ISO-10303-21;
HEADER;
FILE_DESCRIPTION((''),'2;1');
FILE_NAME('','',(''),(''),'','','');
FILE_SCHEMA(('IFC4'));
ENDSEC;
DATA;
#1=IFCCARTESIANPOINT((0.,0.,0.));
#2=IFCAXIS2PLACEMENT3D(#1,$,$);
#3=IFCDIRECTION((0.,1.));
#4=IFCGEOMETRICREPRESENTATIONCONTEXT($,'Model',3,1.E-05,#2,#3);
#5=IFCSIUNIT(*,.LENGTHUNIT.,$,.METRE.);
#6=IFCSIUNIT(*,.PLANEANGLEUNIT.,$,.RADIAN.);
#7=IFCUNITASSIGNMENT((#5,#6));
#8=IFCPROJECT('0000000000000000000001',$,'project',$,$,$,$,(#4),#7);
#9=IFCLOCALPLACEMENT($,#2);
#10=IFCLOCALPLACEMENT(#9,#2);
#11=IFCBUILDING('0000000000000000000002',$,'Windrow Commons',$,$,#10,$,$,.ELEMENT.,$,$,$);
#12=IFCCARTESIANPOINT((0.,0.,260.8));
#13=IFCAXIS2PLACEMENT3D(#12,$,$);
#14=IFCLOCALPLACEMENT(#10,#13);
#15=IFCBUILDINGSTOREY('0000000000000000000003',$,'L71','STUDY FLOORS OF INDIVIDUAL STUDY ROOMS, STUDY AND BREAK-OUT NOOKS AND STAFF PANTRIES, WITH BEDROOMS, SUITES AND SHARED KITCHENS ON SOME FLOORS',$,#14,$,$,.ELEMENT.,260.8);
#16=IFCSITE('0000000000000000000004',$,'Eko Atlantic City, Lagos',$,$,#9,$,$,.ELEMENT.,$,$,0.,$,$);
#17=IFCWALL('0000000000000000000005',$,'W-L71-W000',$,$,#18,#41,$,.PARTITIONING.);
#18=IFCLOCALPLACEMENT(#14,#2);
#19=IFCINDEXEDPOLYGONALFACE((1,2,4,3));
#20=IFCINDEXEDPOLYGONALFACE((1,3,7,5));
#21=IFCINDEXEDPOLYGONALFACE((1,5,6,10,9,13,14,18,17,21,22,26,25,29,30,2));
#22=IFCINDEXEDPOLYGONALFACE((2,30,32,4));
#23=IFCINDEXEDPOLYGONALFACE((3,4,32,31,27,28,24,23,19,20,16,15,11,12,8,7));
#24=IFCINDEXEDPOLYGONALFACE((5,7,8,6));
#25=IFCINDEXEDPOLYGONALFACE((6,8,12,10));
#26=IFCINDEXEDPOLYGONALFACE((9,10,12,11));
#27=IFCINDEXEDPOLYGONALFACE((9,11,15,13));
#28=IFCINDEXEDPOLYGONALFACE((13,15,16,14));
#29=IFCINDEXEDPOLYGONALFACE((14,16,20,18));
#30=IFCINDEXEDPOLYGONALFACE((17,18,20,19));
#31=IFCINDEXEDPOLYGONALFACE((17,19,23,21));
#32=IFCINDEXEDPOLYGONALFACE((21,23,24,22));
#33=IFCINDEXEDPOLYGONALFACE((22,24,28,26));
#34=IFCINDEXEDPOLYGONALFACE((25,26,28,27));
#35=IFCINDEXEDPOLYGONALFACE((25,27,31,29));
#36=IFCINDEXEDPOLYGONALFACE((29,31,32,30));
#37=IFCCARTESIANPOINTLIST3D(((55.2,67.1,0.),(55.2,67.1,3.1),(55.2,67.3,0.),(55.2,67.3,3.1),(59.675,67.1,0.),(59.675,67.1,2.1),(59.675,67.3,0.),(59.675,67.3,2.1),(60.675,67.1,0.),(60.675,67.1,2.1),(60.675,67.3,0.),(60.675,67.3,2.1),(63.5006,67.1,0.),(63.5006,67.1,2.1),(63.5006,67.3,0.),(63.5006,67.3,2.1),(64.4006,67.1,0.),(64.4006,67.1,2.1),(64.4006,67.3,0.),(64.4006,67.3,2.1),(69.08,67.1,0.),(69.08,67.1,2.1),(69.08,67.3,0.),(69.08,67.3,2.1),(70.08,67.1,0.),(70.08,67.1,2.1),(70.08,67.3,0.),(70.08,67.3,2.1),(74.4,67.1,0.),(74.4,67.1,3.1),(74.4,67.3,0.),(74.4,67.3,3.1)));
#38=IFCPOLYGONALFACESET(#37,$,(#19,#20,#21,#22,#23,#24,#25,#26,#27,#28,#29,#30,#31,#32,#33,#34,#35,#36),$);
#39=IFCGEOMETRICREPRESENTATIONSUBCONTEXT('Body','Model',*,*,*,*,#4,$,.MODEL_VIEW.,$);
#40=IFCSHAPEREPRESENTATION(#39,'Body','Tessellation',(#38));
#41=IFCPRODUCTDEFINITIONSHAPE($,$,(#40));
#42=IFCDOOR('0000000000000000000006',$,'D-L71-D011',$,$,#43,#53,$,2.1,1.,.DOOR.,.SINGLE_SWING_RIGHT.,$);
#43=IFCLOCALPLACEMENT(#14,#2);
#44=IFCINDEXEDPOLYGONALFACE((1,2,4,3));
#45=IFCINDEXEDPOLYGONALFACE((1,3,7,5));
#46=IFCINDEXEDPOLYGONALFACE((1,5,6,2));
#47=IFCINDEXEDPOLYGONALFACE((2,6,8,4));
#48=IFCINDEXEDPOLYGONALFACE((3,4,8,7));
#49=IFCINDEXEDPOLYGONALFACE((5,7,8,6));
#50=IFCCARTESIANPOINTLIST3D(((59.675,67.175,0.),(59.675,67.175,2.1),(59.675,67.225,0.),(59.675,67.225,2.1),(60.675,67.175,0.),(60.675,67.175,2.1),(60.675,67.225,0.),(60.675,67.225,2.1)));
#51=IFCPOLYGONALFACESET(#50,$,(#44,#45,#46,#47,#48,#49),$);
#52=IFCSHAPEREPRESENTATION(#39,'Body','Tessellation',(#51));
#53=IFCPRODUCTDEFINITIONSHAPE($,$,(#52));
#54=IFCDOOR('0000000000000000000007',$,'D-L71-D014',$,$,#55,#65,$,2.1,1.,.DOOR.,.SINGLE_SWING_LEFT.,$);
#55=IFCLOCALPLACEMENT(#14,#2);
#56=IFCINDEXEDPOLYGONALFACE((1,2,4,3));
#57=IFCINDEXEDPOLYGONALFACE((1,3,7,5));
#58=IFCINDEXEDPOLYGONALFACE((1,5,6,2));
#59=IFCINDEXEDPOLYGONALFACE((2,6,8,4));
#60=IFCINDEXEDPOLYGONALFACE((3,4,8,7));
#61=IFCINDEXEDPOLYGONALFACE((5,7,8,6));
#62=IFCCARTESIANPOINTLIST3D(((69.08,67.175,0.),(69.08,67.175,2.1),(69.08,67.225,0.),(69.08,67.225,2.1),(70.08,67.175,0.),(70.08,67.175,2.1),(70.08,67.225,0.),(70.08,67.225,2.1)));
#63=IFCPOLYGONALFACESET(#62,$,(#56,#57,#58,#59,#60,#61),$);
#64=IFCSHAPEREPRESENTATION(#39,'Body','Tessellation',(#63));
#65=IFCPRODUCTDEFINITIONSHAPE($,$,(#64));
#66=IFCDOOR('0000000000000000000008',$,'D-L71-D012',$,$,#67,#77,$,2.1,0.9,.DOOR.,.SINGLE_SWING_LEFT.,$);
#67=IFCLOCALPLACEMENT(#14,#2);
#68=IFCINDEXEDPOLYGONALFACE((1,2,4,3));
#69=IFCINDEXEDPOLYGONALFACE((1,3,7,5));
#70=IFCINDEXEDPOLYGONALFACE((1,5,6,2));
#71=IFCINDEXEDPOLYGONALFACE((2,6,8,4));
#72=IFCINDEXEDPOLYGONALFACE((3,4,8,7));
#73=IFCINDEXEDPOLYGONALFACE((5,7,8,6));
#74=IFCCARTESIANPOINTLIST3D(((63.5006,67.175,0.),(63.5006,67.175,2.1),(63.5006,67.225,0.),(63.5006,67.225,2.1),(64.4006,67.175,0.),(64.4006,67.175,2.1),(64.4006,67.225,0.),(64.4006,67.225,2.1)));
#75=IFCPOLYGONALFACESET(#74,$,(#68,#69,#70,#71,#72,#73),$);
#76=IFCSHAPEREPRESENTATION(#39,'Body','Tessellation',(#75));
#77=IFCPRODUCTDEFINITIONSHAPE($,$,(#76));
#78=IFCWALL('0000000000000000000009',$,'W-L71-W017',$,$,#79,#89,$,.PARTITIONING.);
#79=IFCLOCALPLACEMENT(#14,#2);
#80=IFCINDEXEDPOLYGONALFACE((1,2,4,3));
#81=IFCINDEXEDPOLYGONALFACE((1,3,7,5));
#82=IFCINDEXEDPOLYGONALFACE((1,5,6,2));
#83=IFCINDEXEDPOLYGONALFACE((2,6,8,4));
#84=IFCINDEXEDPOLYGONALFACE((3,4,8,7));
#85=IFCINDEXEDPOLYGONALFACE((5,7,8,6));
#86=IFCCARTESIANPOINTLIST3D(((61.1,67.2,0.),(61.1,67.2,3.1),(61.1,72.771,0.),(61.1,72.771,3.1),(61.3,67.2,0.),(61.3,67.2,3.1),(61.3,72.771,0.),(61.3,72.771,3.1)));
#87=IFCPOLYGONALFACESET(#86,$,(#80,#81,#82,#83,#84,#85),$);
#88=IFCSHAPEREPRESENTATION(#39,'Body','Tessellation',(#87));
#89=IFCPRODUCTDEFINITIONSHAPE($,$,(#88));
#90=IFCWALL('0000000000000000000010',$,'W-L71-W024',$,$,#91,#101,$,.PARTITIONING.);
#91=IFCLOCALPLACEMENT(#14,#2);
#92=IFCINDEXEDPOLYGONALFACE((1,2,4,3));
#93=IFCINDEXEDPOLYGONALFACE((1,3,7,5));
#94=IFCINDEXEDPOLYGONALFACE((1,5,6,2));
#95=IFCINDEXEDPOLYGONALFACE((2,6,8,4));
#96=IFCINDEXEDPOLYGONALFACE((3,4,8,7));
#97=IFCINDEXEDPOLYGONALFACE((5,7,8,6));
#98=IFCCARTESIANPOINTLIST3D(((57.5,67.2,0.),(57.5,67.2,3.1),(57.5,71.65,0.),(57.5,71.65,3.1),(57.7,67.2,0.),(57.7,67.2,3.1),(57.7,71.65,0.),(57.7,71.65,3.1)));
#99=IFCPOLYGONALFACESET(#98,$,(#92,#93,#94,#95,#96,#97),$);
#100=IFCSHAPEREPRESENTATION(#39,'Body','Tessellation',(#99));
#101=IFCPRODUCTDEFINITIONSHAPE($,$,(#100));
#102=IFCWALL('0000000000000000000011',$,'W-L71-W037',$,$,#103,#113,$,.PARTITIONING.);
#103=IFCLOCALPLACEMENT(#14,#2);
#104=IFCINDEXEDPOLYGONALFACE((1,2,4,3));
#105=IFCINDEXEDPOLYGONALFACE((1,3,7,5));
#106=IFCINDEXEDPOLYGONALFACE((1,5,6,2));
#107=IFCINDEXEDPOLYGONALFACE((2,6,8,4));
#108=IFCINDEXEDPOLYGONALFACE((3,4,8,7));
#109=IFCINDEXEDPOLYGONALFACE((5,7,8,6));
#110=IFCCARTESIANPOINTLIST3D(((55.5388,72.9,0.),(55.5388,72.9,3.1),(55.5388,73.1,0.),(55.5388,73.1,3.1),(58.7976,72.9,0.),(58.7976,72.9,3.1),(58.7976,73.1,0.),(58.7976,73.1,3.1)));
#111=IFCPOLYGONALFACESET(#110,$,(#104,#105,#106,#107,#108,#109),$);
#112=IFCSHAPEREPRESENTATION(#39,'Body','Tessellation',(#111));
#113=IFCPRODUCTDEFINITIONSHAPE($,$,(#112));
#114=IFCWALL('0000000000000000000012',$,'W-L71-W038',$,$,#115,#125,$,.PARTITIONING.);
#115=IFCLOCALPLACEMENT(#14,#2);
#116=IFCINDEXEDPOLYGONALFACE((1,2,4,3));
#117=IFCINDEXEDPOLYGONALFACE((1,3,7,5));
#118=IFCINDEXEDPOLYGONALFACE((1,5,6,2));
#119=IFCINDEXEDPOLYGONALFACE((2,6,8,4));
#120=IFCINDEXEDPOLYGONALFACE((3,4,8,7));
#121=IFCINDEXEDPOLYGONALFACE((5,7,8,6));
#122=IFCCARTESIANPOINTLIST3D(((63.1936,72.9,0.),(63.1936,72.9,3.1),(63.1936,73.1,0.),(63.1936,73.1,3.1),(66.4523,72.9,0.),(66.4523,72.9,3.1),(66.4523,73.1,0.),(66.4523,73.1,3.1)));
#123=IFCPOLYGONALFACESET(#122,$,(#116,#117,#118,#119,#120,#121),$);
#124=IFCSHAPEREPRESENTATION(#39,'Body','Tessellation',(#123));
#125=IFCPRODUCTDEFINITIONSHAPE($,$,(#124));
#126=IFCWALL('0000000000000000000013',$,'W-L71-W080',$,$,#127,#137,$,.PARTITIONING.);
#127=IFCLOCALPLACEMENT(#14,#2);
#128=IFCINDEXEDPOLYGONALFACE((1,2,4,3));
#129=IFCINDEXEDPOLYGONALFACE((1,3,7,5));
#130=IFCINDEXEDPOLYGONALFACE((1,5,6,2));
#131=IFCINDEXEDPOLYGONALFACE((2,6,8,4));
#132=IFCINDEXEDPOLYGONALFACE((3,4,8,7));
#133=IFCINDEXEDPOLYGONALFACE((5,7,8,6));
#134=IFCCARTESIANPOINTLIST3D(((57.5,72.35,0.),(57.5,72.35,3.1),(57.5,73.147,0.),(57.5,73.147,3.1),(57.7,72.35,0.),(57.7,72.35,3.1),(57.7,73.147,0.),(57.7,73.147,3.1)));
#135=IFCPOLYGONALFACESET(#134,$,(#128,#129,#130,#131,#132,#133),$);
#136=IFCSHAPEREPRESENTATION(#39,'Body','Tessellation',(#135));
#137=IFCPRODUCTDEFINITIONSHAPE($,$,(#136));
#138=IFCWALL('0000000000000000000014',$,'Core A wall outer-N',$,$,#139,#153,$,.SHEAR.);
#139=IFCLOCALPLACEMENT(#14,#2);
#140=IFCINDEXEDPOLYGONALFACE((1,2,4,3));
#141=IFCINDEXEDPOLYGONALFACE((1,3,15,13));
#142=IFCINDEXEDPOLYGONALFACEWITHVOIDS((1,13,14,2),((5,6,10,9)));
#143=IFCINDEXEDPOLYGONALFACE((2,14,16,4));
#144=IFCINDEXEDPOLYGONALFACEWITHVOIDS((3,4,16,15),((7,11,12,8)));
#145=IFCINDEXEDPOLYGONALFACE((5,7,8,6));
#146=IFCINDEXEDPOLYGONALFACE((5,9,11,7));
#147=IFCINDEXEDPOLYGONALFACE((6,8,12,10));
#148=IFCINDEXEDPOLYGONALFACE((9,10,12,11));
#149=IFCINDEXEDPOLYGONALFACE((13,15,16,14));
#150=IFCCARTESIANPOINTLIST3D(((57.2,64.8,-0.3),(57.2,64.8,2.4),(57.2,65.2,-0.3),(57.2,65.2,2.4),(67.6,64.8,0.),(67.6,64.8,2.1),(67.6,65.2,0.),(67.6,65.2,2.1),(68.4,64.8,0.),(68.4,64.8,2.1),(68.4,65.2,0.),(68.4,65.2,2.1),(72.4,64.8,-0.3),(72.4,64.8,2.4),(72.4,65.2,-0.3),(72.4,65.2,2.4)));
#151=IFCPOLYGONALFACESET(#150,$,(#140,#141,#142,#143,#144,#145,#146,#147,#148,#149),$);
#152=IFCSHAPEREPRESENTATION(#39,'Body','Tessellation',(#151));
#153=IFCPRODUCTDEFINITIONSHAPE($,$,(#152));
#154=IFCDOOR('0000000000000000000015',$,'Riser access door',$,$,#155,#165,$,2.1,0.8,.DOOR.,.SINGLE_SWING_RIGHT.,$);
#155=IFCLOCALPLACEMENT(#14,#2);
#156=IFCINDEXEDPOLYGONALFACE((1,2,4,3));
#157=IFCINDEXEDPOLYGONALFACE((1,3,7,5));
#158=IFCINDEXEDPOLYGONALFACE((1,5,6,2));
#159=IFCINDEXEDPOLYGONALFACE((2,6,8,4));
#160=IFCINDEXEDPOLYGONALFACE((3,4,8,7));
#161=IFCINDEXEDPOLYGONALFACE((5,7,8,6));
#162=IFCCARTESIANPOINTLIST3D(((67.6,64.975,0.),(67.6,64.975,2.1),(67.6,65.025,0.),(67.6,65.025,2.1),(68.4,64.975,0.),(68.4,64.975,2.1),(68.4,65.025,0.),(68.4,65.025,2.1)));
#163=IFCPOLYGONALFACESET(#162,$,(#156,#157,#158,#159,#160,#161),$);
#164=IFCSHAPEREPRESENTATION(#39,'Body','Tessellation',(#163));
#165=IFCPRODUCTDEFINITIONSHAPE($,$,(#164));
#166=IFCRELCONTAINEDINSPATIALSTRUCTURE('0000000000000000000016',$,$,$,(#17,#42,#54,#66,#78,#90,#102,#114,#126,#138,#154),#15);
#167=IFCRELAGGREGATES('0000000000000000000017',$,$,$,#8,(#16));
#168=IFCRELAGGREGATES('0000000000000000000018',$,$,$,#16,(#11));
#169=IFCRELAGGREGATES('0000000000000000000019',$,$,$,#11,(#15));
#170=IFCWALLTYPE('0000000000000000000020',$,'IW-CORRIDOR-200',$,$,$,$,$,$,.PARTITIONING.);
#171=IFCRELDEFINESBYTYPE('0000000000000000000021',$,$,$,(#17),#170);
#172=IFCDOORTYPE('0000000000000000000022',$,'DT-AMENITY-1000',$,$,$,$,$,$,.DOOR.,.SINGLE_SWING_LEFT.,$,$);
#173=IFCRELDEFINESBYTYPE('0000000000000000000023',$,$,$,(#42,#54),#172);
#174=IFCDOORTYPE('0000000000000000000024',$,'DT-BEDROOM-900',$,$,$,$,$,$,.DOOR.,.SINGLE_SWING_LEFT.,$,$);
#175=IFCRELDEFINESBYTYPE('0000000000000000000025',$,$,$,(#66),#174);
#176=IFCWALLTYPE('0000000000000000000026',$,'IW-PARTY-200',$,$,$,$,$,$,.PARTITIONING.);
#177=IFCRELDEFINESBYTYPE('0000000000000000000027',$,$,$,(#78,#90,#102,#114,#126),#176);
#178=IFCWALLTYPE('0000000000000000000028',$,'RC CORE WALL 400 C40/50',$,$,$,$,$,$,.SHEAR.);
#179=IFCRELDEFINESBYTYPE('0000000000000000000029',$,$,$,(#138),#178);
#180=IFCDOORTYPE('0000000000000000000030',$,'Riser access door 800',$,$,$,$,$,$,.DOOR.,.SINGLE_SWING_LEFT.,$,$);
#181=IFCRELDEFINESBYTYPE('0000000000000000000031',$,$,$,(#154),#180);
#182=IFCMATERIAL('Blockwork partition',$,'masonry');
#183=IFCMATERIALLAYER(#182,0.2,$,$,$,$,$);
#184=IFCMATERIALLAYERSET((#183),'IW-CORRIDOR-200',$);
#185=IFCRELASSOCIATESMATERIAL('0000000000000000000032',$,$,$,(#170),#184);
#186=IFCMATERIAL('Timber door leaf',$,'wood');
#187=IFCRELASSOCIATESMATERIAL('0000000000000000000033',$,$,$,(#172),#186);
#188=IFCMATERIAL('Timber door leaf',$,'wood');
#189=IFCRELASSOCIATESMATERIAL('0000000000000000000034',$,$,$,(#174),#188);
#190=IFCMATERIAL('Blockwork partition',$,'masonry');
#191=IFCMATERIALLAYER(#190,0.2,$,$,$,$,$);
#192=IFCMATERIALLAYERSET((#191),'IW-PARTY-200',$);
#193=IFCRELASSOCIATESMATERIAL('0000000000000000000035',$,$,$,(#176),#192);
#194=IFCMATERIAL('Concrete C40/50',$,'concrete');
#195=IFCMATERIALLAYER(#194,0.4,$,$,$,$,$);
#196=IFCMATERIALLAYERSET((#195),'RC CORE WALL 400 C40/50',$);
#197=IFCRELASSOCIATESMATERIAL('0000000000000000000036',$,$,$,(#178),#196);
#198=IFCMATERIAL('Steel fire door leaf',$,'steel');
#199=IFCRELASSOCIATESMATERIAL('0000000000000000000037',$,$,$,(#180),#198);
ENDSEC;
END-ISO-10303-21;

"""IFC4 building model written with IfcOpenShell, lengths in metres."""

from ifc_helpers import new_model, si_unit, direction, frame, frame_2d, origin, place, context, subcontext, project, spatial, rectangle, extrude, material, layer, layer_set, type_object, element, fill, save


model = new_model("IFC4")

# Units and contexts
model_context = context("Model", 3, precision=1e-05, world=origin(), true_north=direction((0.0, 1.0)))
body_context = subcontext(model_context, "Body", "Model", "MODEL_VIEW")
ifc_project = project(units=[si_unit("LENGTHUNIT", "METRE"), si_unit("PLANEANGLEUNIT", "RADIAN")], contexts=[model_context])

# Site, building, storey
site_placement = place(None, origin())
site = spatial("IfcSite", under=ifc_project, at=site_placement, Name="Eko Atlantic City, Lagos", CompositionType="ELEMENT", RefElevation=0.0)
building_placement = place(site_placement, origin())
building = spatial("IfcBuilding", under=site, at=building_placement, Name="Windrow Commons", CompositionType="ELEMENT")
storey_placement = place(building_placement, frame((0.0, 0.0, 260.8)))
storey = spatial("IfcBuildingStorey", under=building, at=storey_placement, Name="L71", Description="STUDY FLOORS OF INDIVIDUAL STUDY ROOMS, STUDY AND BREAK-OUT NOOKS AND STAFF PANTRIES, WITH BEDROOMS, SUITES AND SHARED KITCHENS ON SOME FLOORS", CompositionType="ELEMENT", Elevation=260.8)

# Wall, openings, doors
ifc_material_1 = material(Name="Blockwork partition", Category="masonry")
ifc_layer_1 = layer(ifc_material_1, 0.2)
ifc_layer_set_1 = layer_set([ifc_layer_1], Name="IW-CORRIDOR-200")
wall_type_1 = type_object("IfcWallType", Name="IW-CORRIDOR-200", PredefinedType="PARTITIONING", material=ifc_layer_set_1)
wall_1_placement = place(storey_placement, frame((55.2, 67.2, 0.0), z_axis=(0.0, 0.0, 1.0), x_axis=(1.0, 0.0, 0.0)))
wall_1 = element("IfcWall", 1, at=wall_1_placement, inside=storey, type_object=wall_type_1, Name="W-L71-W000", PredefinedType="PARTITIONING", context=body_context, shape_type="SweptSolid", body=[
    extrude(rectangle(XDim=19.2, YDim=0.2, at=frame_2d((9.6, 0.0))), origin(), (0.0, 0.0, 1.0), 3.1),
])
opening_1_placement = place(wall_1_placement, frame((4.475, 0.0, 0.0)))
opening_1 = element("IfcOpeningElement", 2, at=opening_1_placement, cuts=wall_1, PredefinedType="OPENING", context=body_context, shape_type="SweptSolid", body=[
    extrude(rectangle(XDim=1.0, YDim=2.1, at=frame_2d((0.5, 1.05))), frame((0.0, 0.11, 0.0), z_axis=(0.0, -1.0, 0.0), x_axis=(1.0, 0.0, 0.0)), (0.0, 0.0, 1.0), 0.22),
])
opening_2_placement = place(wall_1_placement, frame((8.3006, 0.0, 0.0)))
opening_2 = element("IfcOpeningElement", 3, at=opening_2_placement, cuts=wall_1, PredefinedType="OPENING", context=body_context, shape_type="SweptSolid", body=[
    extrude(rectangle(XDim=0.9, YDim=2.1, at=frame_2d((0.45, 1.05))), frame((0.0, 0.11, 0.0), z_axis=(0.0, -1.0, 0.0), x_axis=(1.0, 0.0, 0.0)), (0.0, 0.0, 1.0), 0.22),
])
opening_3_placement = place(wall_1_placement, frame((13.88, 0.0, 0.0)))
opening_3 = element("IfcOpeningElement", 4, at=opening_3_placement, cuts=wall_1, PredefinedType="OPENING", context=body_context, shape_type="SweptSolid", body=[
    extrude(rectangle(XDim=1.0, YDim=2.1, at=frame_2d((0.5, 1.05))), frame((0.0, 0.11, 0.0), z_axis=(0.0, -1.0, 0.0), x_axis=(1.0, 0.0, 0.0)), (0.0, 0.0, 1.0), 0.22),
])
ifc_material_2 = material(Name="Timber door leaf", Category="wood")
door_type_1 = type_object("IfcDoorType", Name="DT-AMENITY-1000", OperationType="SINGLE_SWING_LEFT", PredefinedType="DOOR", material=ifc_material_2)
door_1_placement = place(opening_1_placement, origin())
door_1 = element("IfcDoor", 5, at=door_1_placement, inside=storey, type_object=door_type_1, Name="D-L71-D011", OperationType="SINGLE_SWING_RIGHT", OverallHeight=2.1, OverallWidth=1.0, PredefinedType="DOOR", context=body_context, shape_type="SweptSolid", body=[
    extrude(rectangle(XDim=1.0, YDim=2.1, at=frame_2d((0.5, 1.05))), frame((0.0, 0.025, 0.0), z_axis=(0.0, -1.0, 0.0), x_axis=(1.0, 0.0, 0.0)), (0.0, 0.0, 1.0), 0.05),
])
fill(opening_1, door_1)
door_2_placement = place(opening_3_placement, origin())
door_2 = element("IfcDoor", 6, at=door_2_placement, inside=storey, type_object=door_type_1, Name="D-L71-D014", OperationType="SINGLE_SWING_LEFT", OverallHeight=2.1, OverallWidth=1.0, PredefinedType="DOOR", context=body_context, shape_type="SweptSolid", body=[
    extrude(rectangle(XDim=1.0, YDim=2.1, at=frame_2d((0.5, 1.05))), frame((0.0, 0.025, 0.0), z_axis=(0.0, -1.0, 0.0), x_axis=(1.0, 0.0, 0.0)), (0.0, 0.0, 1.0), 0.05),
])
fill(opening_3, door_2)
ifc_material_3 = material(Name="Timber door leaf", Category="wood")
door_type_2 = type_object("IfcDoorType", Name="DT-BEDROOM-900", OperationType="SINGLE_SWING_LEFT", PredefinedType="DOOR", material=ifc_material_3)
door_3_placement = place(opening_2_placement, origin())
door_3 = element("IfcDoor", 7, at=door_3_placement, inside=storey, type_object=door_type_2, Name="D-L71-D012", OperationType="SINGLE_SWING_LEFT", OverallHeight=2.1, OverallWidth=0.9, PredefinedType="DOOR", context=body_context, shape_type="SweptSolid", body=[
    extrude(rectangle(XDim=0.9, YDim=2.1, at=frame_2d((0.45, 1.05))), frame((0.0, 0.025, 0.0), z_axis=(0.0, -1.0, 0.0), x_axis=(1.0, 0.0, 0.0)), (0.0, 0.0, 1.0), 0.05),
])
fill(opening_2, door_3)

# Walls
ifc_material_4 = material(Name="Blockwork partition", Category="masonry")
ifc_layer_2 = layer(ifc_material_4, 0.2)
ifc_layer_set_2 = layer_set([ifc_layer_2], Name="IW-PARTY-200")
wall_type_2 = type_object("IfcWallType", Name="IW-PARTY-200", PredefinedType="PARTITIONING", material=ifc_layer_set_2)
wall_2_placement = place(storey_placement, frame((61.2, 67.2, 0.0), z_axis=(0.0, 0.0, 1.0), x_axis=(0.0, 1.0, 0.0)))
element("IfcWall", 8, at=wall_2_placement, inside=storey, type_object=wall_type_2, Name="W-L71-W017", PredefinedType="PARTITIONING", context=body_context, shape_type="SweptSolid", body=[
    extrude(rectangle(XDim=5.571, YDim=0.2, at=frame_2d((2.7855, 0.0))), origin(), (0.0, 0.0, 1.0), 3.1),
])
wall_3_placement = place(storey_placement, frame((57.6, 67.2, 0.0), z_axis=(0.0, 0.0, 1.0), x_axis=(0.0, 1.0, 0.0)))
element("IfcWall", 9, at=wall_3_placement, inside=storey, type_object=wall_type_2, Name="W-L71-W024", PredefinedType="PARTITIONING", context=body_context, shape_type="SweptSolid", body=[
    extrude(rectangle(XDim=4.45, YDim=0.2, at=frame_2d((2.225, 0.0))), origin(), (0.0, 0.0, 1.0), 3.1),
])
for number, where, z_axis, x_axis, name in (
    (10, (55.5388, 73.0, 0.0), (0.0, 0.0, 1.0), (1.0, 0.0, 0.0), "W-L71-W037"),
    (11, (63.1935, 73.0, 0.0), (0.0, 0.0, 1.0), (1.0, 0.0, 0.0), "W-L71-W038"),
):
    element("IfcWall", number, at=place(storey_placement, frame(where, z_axis=z_axis, x_axis=x_axis)), inside=storey, type_object=wall_type_2, Name=name, PredefinedType="PARTITIONING", context=body_context, shape_type="SweptSolid", body=[
        extrude(rectangle(XDim=3.2587, YDim=0.2, at=frame_2d((1.6294, 0.0))), origin(), (0.0, 0.0, 1.0), 3.1),
    ])
wall_4_placement = place(storey_placement, frame((57.6, 72.35, 0.0), z_axis=(0.0, 0.0, 1.0), x_axis=(0.0, 1.0, 0.0)))
element("IfcWall", 12, at=wall_4_placement, inside=storey, type_object=wall_type_2, Name="W-L71-W080", PredefinedType="PARTITIONING", context=body_context, shape_type="SweptSolid", body=[
    extrude(rectangle(XDim=0.797, YDim=0.2, at=frame_2d((0.3985, 0.0))), origin(), (0.0, 0.0, 1.0), 3.1),
])

# Wall, opening, door
ifc_material_5 = material(Name="Concrete C40/50", Category="concrete")
ifc_layer_3 = layer(ifc_material_5, 0.4)
ifc_layer_set_3 = layer_set([ifc_layer_3], Name="RC CORE WALL 400 C40/50")
wall_type_3 = type_object("IfcWallType", Name="RC CORE WALL 400 C40/50", PredefinedType="SHEAR", material=ifc_layer_set_3)
wall_5_placement = place(storey_placement, frame((57.2, 65.0, -0.3), z_axis=(0.0, 0.0, 1.0), x_axis=(1.0, 0.0, 0.0)))
wall_5 = element("IfcWall", 13, at=wall_5_placement, inside=storey, type_object=wall_type_3, Name="Core A wall outer-N", PredefinedType="SHEAR", context=body_context, shape_type="SweptSolid", body=[
    extrude(rectangle(XDim=15.2, YDim=0.4, at=frame_2d((7.6, 0.0))), origin(), (0.0, 0.0, 1.0), 2.7),
])
opening_4_placement = place(wall_5_placement, frame((10.4, 0.0, 0.3)))
opening_4 = element("IfcOpeningElement", 14, at=opening_4_placement, cuts=wall_5, PredefinedType="OPENING", context=body_context, shape_type="SweptSolid", body=[
    extrude(rectangle(XDim=0.8, YDim=2.1, at=frame_2d((0.4, 1.05))), frame((0.0, 0.21, 0.0), z_axis=(0.0, -1.0, 0.0), x_axis=(1.0, 0.0, 0.0)), (0.0, 0.0, 1.0), 0.42),
])
ifc_material_6 = material(Name="Steel fire door leaf", Category="steel")
door_type_3 = type_object("IfcDoorType", Name="Riser access door 800", OperationType="SINGLE_SWING_LEFT", PredefinedType="DOOR", material=ifc_material_6)
door_4_placement = place(opening_4_placement, origin())
door_4 = element("IfcDoor", 15, at=door_4_placement, inside=storey, type_object=door_type_3, Name="Riser access door", OperationType="SINGLE_SWING_RIGHT", OverallHeight=2.1, OverallWidth=0.8, PredefinedType="DOOR", context=body_context, shape_type="SweptSolid", body=[
    extrude(rectangle(XDim=0.8, YDim=2.1, at=frame_2d((0.4, 1.05))), frame((0.0, 0.025, 0.0), z_axis=(0.0, -1.0, 0.0), x_axis=(1.0, 0.0, 0.0)), (0.0, 0.0, 1.0), 0.05),
])
fill(opening_4, door_4)

save(model, "model.ifc")
